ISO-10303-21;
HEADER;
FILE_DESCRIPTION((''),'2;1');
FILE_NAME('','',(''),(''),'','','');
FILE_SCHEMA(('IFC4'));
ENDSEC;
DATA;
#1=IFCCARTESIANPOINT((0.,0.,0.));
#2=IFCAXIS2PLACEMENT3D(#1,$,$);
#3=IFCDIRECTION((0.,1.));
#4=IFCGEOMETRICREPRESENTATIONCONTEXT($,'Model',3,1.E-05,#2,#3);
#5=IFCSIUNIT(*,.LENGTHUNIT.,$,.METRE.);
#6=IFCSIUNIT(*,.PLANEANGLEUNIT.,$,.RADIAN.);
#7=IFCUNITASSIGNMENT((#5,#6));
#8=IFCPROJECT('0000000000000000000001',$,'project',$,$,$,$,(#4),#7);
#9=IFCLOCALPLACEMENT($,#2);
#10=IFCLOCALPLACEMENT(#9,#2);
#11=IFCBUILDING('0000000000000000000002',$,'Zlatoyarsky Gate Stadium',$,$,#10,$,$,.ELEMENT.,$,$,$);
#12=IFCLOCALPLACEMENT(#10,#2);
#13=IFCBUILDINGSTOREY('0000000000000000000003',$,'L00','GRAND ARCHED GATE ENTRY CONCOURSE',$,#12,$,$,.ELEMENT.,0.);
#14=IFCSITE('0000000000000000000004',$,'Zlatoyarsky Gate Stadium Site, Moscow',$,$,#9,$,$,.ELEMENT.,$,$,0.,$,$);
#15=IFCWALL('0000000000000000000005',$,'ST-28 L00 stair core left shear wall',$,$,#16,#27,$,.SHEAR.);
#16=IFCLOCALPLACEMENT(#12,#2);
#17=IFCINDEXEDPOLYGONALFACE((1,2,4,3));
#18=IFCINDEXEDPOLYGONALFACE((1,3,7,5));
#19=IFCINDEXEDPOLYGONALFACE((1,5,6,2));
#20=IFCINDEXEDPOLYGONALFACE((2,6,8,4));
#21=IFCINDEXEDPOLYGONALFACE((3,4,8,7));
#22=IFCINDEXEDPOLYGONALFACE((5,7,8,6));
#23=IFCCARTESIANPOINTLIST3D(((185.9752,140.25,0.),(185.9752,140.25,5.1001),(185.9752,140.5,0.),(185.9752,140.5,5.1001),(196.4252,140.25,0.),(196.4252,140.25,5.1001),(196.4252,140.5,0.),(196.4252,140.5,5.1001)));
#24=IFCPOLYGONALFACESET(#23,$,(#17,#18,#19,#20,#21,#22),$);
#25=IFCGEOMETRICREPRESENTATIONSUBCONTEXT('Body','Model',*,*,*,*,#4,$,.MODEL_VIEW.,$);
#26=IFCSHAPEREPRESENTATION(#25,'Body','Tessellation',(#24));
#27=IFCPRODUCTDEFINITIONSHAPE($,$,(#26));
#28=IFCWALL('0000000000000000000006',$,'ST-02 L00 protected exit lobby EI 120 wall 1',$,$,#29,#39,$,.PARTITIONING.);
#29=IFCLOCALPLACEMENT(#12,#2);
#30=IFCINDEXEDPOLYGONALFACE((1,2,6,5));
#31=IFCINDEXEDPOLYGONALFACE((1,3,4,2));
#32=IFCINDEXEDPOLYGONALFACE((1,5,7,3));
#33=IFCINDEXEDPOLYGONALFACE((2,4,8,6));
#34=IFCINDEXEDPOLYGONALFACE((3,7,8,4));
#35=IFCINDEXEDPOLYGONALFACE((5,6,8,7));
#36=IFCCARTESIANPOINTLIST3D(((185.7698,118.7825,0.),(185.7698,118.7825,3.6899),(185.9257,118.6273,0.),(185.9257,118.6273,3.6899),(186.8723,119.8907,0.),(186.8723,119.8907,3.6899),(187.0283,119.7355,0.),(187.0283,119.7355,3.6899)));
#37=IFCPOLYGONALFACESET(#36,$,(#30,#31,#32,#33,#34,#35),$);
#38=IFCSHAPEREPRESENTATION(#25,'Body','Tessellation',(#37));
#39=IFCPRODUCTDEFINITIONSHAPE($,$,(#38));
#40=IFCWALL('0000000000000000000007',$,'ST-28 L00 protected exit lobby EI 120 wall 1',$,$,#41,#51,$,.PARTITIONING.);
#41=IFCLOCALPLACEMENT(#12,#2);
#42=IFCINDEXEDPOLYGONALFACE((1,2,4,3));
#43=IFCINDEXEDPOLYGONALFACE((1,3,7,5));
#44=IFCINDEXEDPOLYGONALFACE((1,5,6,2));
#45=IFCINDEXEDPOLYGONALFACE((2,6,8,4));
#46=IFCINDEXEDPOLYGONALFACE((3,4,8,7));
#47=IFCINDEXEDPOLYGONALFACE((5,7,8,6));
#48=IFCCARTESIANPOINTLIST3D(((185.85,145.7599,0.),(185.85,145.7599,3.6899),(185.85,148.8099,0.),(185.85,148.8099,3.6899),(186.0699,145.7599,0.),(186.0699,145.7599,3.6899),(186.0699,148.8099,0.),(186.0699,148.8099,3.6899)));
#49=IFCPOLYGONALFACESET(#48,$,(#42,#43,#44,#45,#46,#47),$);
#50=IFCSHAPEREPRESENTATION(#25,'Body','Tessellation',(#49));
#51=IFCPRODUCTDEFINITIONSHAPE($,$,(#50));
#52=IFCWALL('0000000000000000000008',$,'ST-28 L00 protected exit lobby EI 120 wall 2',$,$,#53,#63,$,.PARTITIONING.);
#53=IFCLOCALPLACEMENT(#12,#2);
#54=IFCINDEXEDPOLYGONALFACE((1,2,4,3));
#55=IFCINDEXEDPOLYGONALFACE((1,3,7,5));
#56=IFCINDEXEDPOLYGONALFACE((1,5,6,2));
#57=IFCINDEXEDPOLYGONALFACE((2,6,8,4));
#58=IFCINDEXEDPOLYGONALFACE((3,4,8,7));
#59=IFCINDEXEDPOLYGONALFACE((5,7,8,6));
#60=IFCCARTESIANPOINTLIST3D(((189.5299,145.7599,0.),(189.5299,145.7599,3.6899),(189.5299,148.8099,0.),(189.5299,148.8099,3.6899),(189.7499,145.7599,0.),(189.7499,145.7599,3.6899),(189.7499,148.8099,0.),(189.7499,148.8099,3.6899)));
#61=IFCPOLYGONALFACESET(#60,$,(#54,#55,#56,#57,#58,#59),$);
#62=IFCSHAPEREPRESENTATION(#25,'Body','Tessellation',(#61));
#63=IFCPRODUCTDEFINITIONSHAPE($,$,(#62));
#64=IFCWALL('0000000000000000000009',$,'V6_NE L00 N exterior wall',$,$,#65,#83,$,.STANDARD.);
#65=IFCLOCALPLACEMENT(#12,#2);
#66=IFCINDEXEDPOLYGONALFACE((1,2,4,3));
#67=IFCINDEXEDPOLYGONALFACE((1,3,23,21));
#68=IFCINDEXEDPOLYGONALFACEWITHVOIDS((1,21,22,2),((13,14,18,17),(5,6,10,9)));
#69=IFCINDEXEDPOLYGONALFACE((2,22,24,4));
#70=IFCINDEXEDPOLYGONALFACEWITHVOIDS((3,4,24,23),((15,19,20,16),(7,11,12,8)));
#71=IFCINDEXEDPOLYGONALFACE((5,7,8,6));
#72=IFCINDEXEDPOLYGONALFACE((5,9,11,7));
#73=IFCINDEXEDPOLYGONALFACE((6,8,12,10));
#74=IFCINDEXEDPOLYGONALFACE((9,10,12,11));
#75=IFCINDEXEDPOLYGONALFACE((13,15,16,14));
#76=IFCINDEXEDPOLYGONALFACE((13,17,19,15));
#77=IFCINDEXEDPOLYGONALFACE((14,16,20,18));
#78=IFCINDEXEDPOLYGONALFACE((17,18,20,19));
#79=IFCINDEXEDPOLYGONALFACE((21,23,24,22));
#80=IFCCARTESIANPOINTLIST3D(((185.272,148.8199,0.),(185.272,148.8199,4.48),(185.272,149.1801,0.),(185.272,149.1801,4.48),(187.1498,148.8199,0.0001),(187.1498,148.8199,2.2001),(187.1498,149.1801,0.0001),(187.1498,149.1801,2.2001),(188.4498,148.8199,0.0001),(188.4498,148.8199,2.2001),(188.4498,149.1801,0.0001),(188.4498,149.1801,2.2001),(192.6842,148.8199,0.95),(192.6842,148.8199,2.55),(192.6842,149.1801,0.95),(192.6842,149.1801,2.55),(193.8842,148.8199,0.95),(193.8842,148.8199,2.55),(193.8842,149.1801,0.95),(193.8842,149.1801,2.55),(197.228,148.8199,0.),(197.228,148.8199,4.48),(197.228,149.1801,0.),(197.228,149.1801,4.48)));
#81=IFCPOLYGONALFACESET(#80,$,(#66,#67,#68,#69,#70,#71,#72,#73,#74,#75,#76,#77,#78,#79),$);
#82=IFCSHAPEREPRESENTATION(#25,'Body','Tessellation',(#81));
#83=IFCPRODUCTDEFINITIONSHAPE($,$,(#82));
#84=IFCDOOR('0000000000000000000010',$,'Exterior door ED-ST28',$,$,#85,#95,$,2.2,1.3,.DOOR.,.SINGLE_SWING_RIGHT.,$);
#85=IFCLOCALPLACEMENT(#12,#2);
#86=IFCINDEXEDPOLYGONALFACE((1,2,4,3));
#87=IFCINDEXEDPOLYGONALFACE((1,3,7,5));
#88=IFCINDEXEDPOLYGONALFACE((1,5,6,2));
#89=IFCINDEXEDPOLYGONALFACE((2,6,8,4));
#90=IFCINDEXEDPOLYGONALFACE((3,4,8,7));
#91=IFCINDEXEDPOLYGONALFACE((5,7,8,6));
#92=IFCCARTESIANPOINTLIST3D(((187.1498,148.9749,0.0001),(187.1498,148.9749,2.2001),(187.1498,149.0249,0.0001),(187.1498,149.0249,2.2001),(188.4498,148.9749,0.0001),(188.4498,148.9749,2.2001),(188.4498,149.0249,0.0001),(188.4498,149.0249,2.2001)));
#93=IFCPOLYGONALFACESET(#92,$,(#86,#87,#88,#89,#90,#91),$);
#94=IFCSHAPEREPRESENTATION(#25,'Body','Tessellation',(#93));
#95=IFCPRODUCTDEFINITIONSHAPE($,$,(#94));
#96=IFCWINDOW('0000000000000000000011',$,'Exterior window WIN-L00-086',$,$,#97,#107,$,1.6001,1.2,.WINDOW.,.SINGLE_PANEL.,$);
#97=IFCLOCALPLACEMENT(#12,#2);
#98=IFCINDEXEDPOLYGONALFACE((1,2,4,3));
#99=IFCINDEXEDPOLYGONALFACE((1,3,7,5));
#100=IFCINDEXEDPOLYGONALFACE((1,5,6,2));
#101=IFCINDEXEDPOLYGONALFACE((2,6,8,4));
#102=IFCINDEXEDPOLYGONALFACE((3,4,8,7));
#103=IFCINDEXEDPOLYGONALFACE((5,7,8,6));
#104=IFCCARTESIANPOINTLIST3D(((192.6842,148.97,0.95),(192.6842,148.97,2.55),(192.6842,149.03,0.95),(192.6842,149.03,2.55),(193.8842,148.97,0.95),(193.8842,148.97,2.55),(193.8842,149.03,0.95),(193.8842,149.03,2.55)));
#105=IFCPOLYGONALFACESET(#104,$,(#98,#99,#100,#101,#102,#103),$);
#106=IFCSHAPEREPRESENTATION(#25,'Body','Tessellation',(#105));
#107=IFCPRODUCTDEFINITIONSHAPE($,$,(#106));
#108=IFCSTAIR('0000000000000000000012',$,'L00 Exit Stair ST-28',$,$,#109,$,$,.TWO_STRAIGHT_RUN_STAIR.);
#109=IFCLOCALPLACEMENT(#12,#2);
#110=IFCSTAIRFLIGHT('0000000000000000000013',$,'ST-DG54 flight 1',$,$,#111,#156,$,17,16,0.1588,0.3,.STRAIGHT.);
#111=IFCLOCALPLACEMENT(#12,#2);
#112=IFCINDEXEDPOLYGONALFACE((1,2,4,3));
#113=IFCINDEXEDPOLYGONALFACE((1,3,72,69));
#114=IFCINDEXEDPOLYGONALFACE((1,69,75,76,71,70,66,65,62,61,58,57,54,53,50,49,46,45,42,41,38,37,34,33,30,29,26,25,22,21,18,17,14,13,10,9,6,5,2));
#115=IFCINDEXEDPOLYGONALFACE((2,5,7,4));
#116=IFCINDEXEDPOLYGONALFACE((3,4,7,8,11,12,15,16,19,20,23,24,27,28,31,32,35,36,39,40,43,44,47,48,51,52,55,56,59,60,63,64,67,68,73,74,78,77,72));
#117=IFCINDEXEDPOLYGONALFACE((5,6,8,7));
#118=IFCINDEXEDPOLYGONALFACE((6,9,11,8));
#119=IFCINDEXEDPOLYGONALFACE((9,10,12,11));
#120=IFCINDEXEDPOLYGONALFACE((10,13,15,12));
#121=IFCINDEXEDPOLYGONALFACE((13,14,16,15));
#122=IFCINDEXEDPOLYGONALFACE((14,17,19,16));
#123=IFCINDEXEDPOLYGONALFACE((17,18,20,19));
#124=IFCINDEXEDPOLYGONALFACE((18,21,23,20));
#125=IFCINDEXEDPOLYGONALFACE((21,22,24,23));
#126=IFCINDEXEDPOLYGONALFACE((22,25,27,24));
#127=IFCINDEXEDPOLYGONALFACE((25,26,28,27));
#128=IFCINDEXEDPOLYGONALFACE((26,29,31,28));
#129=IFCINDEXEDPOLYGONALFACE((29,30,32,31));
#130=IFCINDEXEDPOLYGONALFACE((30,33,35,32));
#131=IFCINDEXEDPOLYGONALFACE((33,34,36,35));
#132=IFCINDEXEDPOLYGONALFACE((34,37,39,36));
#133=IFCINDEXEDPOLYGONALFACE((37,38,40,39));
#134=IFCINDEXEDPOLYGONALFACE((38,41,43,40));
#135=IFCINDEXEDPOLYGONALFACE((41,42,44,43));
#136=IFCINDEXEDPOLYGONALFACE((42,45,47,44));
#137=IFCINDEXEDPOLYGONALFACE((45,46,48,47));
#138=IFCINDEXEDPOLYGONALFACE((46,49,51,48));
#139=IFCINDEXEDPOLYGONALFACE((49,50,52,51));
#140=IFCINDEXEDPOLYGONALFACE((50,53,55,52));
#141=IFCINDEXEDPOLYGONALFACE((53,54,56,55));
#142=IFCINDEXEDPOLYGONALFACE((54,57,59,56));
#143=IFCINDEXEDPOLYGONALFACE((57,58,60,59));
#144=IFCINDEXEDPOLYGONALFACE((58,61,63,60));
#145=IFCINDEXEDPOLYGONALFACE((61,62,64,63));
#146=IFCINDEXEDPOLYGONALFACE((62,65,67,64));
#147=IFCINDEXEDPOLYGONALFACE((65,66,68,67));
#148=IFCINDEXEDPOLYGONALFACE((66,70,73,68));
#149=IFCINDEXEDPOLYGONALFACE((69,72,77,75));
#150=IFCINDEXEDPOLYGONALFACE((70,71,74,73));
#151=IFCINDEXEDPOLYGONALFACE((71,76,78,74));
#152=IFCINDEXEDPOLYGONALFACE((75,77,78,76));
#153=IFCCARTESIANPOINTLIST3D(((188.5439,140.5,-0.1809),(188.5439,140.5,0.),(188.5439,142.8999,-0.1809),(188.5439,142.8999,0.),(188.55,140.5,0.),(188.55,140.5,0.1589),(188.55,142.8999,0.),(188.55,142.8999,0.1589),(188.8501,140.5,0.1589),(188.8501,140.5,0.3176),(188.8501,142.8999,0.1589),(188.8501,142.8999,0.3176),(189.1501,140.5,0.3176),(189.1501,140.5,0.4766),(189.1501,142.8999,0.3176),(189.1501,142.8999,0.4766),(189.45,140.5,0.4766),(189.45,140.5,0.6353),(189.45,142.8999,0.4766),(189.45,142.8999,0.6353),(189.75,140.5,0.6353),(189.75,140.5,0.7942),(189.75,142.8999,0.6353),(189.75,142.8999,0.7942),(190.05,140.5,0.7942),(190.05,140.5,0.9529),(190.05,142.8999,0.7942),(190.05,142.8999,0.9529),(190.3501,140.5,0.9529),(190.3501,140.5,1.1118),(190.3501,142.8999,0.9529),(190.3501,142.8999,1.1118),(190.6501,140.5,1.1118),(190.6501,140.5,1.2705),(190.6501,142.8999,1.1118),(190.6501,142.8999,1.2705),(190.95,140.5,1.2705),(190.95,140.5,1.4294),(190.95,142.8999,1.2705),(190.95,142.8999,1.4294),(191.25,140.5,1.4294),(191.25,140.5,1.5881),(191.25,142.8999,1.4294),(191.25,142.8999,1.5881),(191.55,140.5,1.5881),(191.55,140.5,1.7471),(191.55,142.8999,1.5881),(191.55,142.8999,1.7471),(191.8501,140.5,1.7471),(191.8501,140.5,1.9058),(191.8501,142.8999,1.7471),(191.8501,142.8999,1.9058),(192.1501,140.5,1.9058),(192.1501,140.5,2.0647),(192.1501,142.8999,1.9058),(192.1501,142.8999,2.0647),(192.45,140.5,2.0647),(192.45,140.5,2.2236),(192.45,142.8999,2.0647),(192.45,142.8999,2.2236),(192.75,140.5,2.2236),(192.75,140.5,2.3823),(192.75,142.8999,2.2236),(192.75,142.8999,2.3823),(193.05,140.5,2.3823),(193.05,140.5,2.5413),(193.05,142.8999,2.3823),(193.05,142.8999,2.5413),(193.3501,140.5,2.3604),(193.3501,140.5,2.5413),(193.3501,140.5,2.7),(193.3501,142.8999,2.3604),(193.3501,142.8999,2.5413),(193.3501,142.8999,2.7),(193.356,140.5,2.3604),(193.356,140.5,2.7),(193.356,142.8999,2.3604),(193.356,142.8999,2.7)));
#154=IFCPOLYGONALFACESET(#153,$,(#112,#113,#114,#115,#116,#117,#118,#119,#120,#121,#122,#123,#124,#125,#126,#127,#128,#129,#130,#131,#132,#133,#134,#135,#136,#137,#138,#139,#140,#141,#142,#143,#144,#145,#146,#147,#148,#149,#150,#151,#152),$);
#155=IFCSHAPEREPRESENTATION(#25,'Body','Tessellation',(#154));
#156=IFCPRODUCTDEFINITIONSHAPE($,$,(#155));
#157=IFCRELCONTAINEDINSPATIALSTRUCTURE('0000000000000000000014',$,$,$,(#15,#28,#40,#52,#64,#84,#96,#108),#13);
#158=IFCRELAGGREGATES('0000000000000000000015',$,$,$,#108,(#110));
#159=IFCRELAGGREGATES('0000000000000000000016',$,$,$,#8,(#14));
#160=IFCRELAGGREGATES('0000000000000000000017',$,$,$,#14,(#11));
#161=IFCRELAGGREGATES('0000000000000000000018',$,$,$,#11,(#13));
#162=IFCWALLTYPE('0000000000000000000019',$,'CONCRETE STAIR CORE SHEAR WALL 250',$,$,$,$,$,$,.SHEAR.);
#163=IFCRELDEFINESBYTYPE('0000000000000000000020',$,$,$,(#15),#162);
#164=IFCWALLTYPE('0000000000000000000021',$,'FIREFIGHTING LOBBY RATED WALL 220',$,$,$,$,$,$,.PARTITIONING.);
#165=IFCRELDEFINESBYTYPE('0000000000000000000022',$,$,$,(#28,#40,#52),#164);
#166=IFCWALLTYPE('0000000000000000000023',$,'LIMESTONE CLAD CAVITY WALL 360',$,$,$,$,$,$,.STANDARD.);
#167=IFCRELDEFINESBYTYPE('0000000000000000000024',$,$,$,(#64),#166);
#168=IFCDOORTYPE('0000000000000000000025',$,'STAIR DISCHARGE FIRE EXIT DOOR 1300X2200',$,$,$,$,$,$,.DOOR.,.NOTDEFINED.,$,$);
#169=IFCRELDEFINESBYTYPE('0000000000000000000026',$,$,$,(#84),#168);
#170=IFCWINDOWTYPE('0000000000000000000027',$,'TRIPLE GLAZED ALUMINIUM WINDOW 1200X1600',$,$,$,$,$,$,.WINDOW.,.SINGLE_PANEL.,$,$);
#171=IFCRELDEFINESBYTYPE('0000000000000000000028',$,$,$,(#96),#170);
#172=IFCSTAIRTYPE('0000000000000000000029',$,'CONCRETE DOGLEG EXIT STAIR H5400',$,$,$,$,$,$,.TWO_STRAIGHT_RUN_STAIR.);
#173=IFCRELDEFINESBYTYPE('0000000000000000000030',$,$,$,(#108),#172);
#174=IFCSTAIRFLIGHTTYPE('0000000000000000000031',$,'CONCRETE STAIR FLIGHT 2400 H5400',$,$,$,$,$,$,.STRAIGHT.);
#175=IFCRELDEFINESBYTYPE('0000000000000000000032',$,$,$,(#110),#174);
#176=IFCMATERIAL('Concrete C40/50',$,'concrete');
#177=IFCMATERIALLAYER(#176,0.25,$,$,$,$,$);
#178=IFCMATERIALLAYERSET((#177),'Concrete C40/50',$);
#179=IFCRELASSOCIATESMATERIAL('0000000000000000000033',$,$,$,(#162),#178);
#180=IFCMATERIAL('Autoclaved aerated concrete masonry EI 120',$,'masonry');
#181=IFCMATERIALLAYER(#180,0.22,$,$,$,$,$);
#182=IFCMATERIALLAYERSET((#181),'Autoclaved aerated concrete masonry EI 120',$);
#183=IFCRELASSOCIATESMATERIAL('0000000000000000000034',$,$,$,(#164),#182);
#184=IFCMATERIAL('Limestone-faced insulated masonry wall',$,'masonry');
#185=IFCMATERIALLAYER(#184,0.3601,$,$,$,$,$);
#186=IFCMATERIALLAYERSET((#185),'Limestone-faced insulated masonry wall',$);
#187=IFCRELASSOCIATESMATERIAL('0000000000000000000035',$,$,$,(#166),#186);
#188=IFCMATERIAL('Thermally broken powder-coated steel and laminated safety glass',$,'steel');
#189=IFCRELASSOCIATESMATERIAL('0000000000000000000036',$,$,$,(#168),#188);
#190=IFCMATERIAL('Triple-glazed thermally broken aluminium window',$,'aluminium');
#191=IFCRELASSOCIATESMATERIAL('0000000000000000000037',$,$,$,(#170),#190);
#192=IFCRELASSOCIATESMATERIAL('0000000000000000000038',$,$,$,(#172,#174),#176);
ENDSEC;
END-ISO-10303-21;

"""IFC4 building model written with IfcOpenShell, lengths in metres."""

from ifc_helpers import new_model, si_unit, direction, frame, frame_2d, origin, place, context, subcontext, project, spatial, polyline, rectangle, outline, extrude, material, layer, layer_set, type_object, element, fill, aggregate, save


model = new_model("IFC4")

# Units and contexts
model_context = context("Model", 3, precision=1e-05, world=origin(), true_north=direction((0.0, 1.0)))
body_context = subcontext(model_context, "Body", "Model", "MODEL_VIEW")
ifc_project = project(units=[si_unit("LENGTHUNIT", "METRE"), si_unit("PLANEANGLEUNIT", "RADIAN")], contexts=[model_context])

# Site, building, storey
site_placement = place(None, origin())
site = spatial("IfcSite", under=ifc_project, at=site_placement, Name="Zlatoyarsky Gate Stadium Site, Moscow", CompositionType="ELEMENT", RefElevation=0.0)
building_placement = place(site_placement, origin())
building = spatial("IfcBuilding", under=site, at=building_placement, Name="Zlatoyarsky Gate Stadium", CompositionType="ELEMENT")
storey_placement = place(building_placement, origin())
storey = spatial("IfcBuildingStorey", under=building, at=storey_placement, Name="L00", Description="GRAND ARCHED GATE ENTRY CONCOURSE", CompositionType="ELEMENT", Elevation=0.0)

# Shared definitions
ifc_material_1 = material(Name="Concrete C40/50", Category="concrete")

# Shared definitions
ifc_layer_1 = layer(ifc_material_1, 0.25)
ifc_layer_set_1 = layer_set([ifc_layer_1], Name="Concrete C40/50")
wall_type_1 = type_object("IfcWallType", Name="CONCRETE STAIR CORE SHEAR WALL 250", PredefinedType="SHEAR", material=ifc_layer_set_1)

# Walls
wall_1_placement = place(storey_placement, frame((185.9751, 140.375, 0.0), z_axis=(0.0, 0.0, 1.0), x_axis=(1.0, 0.0, 0.0)))
element("IfcWall", 1, at=wall_1_placement, inside=storey, type_object=wall_type_1, Name="ST-28 L00 stair core left shear wall", PredefinedType="SHEAR", context=body_context, shape_type="SweptSolid", body=[
    extrude(rectangle(XDim=10.45, YDim=0.25, at=frame_2d((5.2251, 0.0))), origin(), (0.0, 0.0, 1.0), 5.1001),
])
ifc_material_2 = material(Name="Autoclaved aerated concrete masonry EI 120", Category="masonry")
ifc_layer_2 = layer(ifc_material_2, 0.22)
ifc_layer_set_2 = layer_set([ifc_layer_2], Name="Autoclaved aerated concrete masonry EI 120")
wall_type_2 = type_object("IfcWallType", Name="FIREFIGHTING LOBBY RATED WALL 220", PredefinedType="PARTITIONING", material=ifc_layer_set_2)
wall_2_placement = place(storey_placement, frame((185.8477, 118.7048, 0.0), z_axis=(0.0, 0.0, 1.0), x_axis=(0.705308, 0.708901, 0.0)))
element("IfcWall", 2, at=wall_2_placement, inside=storey, type_object=wall_type_2, Name="ST-02 L00 protected exit lobby EI 120 wall 1", PredefinedType="PARTITIONING", context=body_context, shape_type="SweptSolid", body=[
    extrude(rectangle(XDim=1.5632, YDim=0.22, at=frame_2d((0.7817, 0.0))), origin(), (0.0, 0.0, 1.0), 3.6899),
])
for number, where, z_axis, x_axis, name in (
    (3, (185.96, 145.76, 0.0), (0.0, 0.0, 1.0), (0.0, 1.0, 0.0), "ST-28 L00 protected exit lobby EI 120 wall 1"),
    (4, (189.6399, 145.76, 0.0), (0.0, 0.0, 1.0), (0.0, 1.0, 0.0), "ST-28 L00 protected exit lobby EI 120 wall 2"),
):
    element("IfcWall", number, at=place(storey_placement, frame(where, z_axis=z_axis, x_axis=x_axis)), inside=storey, type_object=wall_type_2, Name=name, PredefinedType="PARTITIONING", context=body_context, shape_type="SweptSolid", body=[
        extrude(rectangle(XDim=3.05, YDim=0.22, at=frame_2d((1.5249, 0.0))), origin(), (0.0, 0.0, 1.0), 3.6899),
    ])

# Wall, openings, door, window
ifc_material_3 = material(Name="Limestone-faced insulated masonry wall", Category="masonry")
ifc_layer_3 = layer(ifc_material_3, 0.3601)
ifc_layer_set_3 = layer_set([ifc_layer_3], Name="Limestone-faced insulated masonry wall")
wall_type_3 = type_object("IfcWallType", Name="LIMESTONE CLAD CAVITY WALL 360", PredefinedType="STANDARD", material=ifc_layer_set_3)
wall_3_placement = place(storey_placement, frame((185.272, 149.0, 0.0), z_axis=(0.0, 0.0, 1.0), x_axis=(1.0, 0.0, 0.0)))
wall_3 = element("IfcWall", 5, at=wall_3_placement, inside=storey, type_object=wall_type_3, Name="V6_NE L00 N exterior wall", PredefinedType="STANDARD", context=body_context, shape_type="SweptSolid", body=[
    extrude(rectangle(XDim=11.9561, YDim=0.3601, at=frame_2d((5.978, 0.0))), origin(), (0.0, 0.0, 1.0), 4.48),
])
opening_1_placement = place(wall_3_placement, frame((1.8779, 0.0, 0.0)))
opening_1 = element("IfcOpeningElement", 6, at=opening_1_placement, cuts=wall_3, PredefinedType="OPENING", context=body_context, shape_type="SweptSolid", body=[
    extrude(rectangle(XDim=1.3, YDim=2.2, at=frame_2d((0.6499, 1.1001))), frame((0.0, 0.1899, 0.0), z_axis=(0.0, -1.0, 0.0), x_axis=(1.0, 0.0, 0.0)), (0.0, 0.0, 1.0), 0.3801),
])
opening_2_placement = place(wall_3_placement, frame((7.4121, 0.0, 0.95)))
opening_2 = element("IfcOpeningElement", 7, at=opening_2_placement, cuts=wall_3, PredefinedType="OPENING", context=body_context, shape_type="SweptSolid", body=[
    extrude(rectangle(XDim=1.2, YDim=1.6001, at=frame_2d((0.6001, 0.8))), frame((0.0, 0.1899, 0.0), z_axis=(0.0, -1.0, 0.0), x_axis=(1.0, 0.0, 0.0)), (0.0, 0.0, 1.0), 0.3801),
])
ifc_material_4 = material(Name="Thermally broken powder-coated steel and laminated safety glass", Category="steel")
door_type_1 = type_object("IfcDoorType", Name="STAIR DISCHARGE FIRE EXIT DOOR 1300X2200", OperationType="NOTDEFINED", PredefinedType="DOOR", material=ifc_material_4)
door_1_placement = place(opening_1_placement, origin())
door_1 = element("IfcDoor", 8, at=door_1_placement, inside=storey, type_object=door_type_1, Name="Exterior door ED-ST28", OperationType="SINGLE_SWING_RIGHT", OverallHeight=2.2, OverallWidth=1.3, PredefinedType="DOOR", context=body_context, shape_type="SweptSolid", body=[
    extrude(rectangle(XDim=1.3, YDim=2.2, at=frame_2d((0.6499, 1.1001))), frame((0.0, 0.0249, 0.0), z_axis=(0.0, -1.0, 0.0), x_axis=(1.0, 0.0, 0.0)), (0.0, 0.0, 1.0), 0.05),
])
fill(opening_1, door_1)
ifc_material_5 = material(Name="Triple-glazed thermally broken aluminium window", Category="aluminium")
window_type = type_object("IfcWindowType", Name="TRIPLE GLAZED ALUMINIUM WINDOW 1200X1600", PartitioningType="SINGLE_PANEL", PredefinedType="WINDOW", material=ifc_material_5)
window_placement = place(opening_2_placement, origin())
window = element("IfcWindow", 9, at=window_placement, inside=storey, type_object=window_type, Name="Exterior window WIN-L00-086", OverallHeight=1.6001, OverallWidth=1.2, PartitioningType="SINGLE_PANEL", PredefinedType="WINDOW", context=body_context, shape_type="SweptSolid", body=[
    extrude(rectangle(XDim=1.2, YDim=1.6001, at=frame_2d((0.6001, 0.8))), frame((0.0, 0.03, 0.0), z_axis=(0.0, -1.0, 0.0), x_axis=(1.0, 0.0, 0.0)), (0.0, 0.0, 1.0), 0.0601),
])
fill(opening_2, window)

# Stair, stair flight
stair_type = type_object("IfcStairType", Name="CONCRETE DOGLEG EXIT STAIR H5400", PredefinedType="TWO_STRAIGHT_RUN_STAIR", material=ifc_material_1)
stair_placement = place(storey_placement, origin())
stair = element("IfcStair", 10, at=stair_placement, inside=storey, type_object=stair_type, Name="L00 Exit Stair ST-28", PredefinedType="TWO_STRAIGHT_RUN_STAIR")
stair_flight_type = type_object("IfcStairFlightType", Name="CONCRETE STAIR FLIGHT 2400 H5400", PredefinedType="STRAIGHT", material=ifc_material_1)
stair_flight_placement = place(storey_placement, frame((188.55, 141.7, 0.0), z_axis=(0.0, 0.0, 1.0), x_axis=(1.0, 0.0, 0.0)))
stair_flight = element("IfcStairFlight", 11, at=stair_flight_placement, type_object=stair_flight_type, Name="ST-DG54 flight 1", NumberOfRisers=17, NumberOfTreads=16, PredefinedType="STRAIGHT", RiserHeight=0.1588, TreadLength=0.3, context=body_context, shape_type="SweptSolid", body=[
    extrude(outline(polyline([(-0.0061, -0.1809), (-0.0061, 0.0), (0.0, 0.0), (0.0, 0.1589), (0.3, 0.1589), (0.3, 0.3176), (0.6001, 0.3176), (0.6001, 0.4766), (0.8999, 0.4766), (0.8999, 0.6353), (1.2, 0.6353), (1.2, 0.7942), (1.5, 0.7942), (1.5, 0.9529), (1.8, 0.9529), (1.8, 1.1118), (2.1001, 1.1118), (2.1001, 1.2705), (2.3999, 1.2705), (2.3999, 1.4294), (2.7, 1.4294), (2.7, 1.5881), (3.0, 1.5881), (3.0, 1.7471), (3.3, 1.7471), (3.3, 1.9058), (3.6001, 1.9058), (3.6001, 2.0647), (3.8999, 2.0647), (3.8999, 2.2236), (4.2, 2.2236), (4.2, 2.3823), (4.5, 2.3823), (4.5, 2.5413), (4.8, 2.5413), (4.8, 2.7), (4.8059, 2.7), (4.8059, 2.3604), (4.8, 2.3604), (-0.0061, -0.1809)])), frame((0.0, 1.2, 0.0), z_axis=(0.0, -1.0, 0.0), x_axis=(1.0, 0.0, 0.0)), (0.0, 0.0, 1.0), 2.3999),
])
aggregate(stair, [stair_flight])

save(model, "model.ifc")
